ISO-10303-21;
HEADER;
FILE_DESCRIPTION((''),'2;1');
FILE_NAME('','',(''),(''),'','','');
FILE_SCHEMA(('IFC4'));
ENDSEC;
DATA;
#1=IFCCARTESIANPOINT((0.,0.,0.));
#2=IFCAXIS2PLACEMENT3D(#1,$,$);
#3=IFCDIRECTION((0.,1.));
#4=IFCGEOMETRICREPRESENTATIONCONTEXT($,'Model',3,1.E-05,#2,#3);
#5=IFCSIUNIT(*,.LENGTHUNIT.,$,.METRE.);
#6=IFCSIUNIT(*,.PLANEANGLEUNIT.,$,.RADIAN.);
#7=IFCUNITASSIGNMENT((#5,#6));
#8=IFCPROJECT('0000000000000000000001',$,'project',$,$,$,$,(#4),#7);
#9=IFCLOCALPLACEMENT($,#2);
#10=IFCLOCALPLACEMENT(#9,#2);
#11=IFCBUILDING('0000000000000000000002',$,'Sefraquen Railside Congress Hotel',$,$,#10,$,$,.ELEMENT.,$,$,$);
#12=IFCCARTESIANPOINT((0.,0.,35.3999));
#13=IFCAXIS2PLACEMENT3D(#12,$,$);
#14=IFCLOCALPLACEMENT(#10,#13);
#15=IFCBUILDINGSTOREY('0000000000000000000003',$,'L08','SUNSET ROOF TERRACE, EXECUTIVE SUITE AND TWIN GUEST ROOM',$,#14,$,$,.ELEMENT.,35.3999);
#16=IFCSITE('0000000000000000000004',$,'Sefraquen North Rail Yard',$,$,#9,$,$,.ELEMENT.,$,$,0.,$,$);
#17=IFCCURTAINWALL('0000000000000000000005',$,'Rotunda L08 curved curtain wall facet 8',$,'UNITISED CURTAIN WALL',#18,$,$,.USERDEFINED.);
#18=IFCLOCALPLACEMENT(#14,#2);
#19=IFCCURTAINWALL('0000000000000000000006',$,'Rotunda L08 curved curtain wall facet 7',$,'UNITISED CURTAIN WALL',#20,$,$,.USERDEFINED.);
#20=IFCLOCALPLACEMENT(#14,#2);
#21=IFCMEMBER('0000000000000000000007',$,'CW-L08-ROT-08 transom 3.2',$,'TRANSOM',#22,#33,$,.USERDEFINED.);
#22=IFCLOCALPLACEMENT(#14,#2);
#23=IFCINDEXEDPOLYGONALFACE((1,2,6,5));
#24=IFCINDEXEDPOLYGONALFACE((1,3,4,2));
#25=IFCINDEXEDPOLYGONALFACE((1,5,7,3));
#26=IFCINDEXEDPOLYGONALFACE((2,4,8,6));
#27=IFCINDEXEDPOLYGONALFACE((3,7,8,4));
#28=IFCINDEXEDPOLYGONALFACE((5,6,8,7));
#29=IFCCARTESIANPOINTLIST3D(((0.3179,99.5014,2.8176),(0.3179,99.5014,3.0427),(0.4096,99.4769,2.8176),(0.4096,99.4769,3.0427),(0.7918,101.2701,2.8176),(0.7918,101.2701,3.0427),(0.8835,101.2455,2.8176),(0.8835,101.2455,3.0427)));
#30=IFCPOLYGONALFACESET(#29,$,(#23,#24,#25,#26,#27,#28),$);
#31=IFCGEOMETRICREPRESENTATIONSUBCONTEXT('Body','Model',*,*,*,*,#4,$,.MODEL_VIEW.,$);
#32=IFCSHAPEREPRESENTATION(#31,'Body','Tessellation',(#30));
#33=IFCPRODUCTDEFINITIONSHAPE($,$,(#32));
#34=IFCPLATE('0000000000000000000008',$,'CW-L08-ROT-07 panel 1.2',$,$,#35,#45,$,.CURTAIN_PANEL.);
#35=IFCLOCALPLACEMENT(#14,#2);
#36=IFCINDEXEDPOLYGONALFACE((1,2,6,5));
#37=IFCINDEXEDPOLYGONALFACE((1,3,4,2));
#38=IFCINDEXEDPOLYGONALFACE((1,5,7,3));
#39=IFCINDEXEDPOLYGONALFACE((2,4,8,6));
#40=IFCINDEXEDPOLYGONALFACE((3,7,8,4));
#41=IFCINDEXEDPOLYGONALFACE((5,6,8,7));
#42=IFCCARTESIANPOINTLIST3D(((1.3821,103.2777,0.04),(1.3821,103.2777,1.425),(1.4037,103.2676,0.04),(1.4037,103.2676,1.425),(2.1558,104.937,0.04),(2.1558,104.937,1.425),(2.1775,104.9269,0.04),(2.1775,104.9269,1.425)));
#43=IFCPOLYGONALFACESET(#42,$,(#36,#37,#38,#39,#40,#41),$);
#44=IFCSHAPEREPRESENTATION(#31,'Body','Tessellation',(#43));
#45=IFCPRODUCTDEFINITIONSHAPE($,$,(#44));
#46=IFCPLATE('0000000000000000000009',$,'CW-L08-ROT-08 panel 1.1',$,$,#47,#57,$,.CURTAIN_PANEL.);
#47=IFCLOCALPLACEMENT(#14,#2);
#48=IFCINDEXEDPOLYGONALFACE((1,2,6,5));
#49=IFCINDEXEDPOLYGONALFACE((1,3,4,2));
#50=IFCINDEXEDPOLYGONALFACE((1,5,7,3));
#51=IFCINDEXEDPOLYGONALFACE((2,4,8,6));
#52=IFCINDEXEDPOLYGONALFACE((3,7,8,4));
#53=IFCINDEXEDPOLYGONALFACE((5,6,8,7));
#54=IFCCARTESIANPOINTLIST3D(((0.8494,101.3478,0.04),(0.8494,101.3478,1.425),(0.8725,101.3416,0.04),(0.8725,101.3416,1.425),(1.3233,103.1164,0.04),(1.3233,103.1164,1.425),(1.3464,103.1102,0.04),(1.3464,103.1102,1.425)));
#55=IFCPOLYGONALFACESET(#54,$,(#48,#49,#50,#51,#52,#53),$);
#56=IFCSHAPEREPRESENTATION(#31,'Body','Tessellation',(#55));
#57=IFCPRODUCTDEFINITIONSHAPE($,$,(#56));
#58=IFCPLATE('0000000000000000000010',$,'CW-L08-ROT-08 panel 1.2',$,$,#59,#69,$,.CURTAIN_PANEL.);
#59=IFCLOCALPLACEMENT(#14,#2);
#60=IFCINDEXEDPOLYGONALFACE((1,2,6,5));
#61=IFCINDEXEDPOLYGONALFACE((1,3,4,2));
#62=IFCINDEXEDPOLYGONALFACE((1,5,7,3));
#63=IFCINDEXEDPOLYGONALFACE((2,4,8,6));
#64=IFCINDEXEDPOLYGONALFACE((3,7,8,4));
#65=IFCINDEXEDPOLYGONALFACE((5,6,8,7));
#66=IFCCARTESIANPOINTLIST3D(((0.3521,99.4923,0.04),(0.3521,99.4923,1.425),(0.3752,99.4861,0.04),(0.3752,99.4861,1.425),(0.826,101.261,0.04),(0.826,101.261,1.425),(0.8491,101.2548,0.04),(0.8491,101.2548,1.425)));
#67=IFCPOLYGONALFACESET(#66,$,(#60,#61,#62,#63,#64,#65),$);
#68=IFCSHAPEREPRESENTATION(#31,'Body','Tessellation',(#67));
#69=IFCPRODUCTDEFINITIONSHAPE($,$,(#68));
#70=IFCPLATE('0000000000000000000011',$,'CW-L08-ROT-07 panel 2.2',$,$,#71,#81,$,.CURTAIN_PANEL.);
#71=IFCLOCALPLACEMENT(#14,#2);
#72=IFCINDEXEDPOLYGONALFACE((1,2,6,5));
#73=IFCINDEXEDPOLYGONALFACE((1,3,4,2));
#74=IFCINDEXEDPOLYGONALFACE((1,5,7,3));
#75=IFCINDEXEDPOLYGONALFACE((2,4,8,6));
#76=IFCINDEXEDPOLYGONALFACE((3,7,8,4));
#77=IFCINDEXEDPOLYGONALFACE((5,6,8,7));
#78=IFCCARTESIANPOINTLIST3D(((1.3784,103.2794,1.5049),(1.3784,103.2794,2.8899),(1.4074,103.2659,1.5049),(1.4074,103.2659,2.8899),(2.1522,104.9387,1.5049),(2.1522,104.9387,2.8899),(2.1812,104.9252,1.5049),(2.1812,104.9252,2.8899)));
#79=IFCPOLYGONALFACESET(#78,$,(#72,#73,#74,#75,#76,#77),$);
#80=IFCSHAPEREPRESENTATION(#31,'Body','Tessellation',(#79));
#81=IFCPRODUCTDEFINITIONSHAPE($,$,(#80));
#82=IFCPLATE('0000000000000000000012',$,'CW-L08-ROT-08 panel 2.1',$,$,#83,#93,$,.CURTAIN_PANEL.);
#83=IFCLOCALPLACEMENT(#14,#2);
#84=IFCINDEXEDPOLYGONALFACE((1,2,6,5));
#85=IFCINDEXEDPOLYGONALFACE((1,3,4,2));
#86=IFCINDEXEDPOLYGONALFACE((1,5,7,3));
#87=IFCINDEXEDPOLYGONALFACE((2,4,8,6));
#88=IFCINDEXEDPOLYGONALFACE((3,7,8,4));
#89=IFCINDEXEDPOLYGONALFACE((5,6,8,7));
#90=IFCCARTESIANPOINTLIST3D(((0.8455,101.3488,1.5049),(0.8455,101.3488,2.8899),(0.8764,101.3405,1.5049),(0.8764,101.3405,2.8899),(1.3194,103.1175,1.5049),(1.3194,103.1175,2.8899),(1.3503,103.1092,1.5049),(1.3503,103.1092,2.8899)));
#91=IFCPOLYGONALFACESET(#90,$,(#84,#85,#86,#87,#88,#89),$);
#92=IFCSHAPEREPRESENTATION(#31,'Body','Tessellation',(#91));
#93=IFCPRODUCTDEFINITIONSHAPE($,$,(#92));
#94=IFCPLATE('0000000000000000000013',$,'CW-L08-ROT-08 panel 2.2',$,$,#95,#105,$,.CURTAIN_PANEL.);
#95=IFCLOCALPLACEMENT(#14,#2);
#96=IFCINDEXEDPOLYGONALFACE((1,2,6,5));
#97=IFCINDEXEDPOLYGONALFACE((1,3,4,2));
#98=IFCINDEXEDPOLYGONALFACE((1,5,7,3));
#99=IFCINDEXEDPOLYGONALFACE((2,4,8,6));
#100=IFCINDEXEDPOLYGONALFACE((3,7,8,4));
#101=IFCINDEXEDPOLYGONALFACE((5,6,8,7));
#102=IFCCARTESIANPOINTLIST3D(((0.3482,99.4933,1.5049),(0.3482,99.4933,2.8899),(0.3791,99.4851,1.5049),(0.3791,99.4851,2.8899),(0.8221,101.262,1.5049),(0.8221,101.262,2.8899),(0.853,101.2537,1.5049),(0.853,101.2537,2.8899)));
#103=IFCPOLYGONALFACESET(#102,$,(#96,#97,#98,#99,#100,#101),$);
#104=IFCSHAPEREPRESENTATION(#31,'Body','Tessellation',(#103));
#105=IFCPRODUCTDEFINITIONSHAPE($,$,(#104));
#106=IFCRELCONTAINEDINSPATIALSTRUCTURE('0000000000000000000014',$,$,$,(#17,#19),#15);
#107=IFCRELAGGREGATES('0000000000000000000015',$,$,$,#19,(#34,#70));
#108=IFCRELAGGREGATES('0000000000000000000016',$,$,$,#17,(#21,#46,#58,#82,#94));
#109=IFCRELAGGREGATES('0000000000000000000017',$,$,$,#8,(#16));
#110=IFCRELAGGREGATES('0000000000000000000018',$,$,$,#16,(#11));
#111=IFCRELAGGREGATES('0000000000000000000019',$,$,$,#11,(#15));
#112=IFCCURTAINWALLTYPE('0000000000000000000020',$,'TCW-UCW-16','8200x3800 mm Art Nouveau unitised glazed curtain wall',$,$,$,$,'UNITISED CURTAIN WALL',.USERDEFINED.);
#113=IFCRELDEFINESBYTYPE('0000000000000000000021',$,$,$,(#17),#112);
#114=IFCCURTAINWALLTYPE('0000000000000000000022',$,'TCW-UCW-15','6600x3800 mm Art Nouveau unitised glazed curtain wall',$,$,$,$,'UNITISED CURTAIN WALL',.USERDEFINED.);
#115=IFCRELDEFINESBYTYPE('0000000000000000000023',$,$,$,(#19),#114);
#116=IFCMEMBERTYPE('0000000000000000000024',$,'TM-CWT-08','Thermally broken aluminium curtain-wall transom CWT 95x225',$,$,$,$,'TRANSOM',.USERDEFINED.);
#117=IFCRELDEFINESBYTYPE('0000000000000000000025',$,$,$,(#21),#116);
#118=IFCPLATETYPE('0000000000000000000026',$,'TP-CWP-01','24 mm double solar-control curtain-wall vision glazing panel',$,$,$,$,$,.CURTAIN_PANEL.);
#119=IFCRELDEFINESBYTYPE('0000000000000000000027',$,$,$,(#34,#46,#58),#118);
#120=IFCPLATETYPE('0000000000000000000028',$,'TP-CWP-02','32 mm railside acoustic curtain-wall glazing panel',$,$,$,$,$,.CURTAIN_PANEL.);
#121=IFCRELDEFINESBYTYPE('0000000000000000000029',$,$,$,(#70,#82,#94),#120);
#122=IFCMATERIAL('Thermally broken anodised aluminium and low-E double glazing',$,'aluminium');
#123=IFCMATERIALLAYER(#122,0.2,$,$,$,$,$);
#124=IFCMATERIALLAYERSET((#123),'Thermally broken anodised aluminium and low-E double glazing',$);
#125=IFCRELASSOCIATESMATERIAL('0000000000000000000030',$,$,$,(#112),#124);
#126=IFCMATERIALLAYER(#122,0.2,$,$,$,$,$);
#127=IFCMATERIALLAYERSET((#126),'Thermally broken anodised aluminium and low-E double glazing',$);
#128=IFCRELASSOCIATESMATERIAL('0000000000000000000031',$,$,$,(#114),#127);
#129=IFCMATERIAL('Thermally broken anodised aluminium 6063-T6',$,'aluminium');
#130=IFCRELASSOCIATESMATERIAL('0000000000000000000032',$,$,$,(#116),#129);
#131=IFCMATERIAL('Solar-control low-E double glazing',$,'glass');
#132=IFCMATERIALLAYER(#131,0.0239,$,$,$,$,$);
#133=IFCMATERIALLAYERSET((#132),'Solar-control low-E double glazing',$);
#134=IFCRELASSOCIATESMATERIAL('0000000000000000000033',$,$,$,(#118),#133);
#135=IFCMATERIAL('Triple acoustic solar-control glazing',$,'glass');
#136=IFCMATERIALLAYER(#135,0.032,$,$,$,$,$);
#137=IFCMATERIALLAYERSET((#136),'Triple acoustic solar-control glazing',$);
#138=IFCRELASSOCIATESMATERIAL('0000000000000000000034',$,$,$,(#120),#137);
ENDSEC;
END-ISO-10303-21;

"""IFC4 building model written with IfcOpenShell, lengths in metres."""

from ifc_helpers import new_model, si_unit, direction, frame, origin, origin_2d, place, context, subcontext, project, spatial, rectangle, extrude, material, layer, layer_set, material_profile, profile_set, type_object, element, aggregate, save


model = new_model("IFC4")

# Units and contexts
model_context = context("Model", 3, precision=1e-05, world=origin(), true_north=direction((0.0, 1.0)))
body_context = subcontext(model_context, "Body", "Model", "MODEL_VIEW")
ifc_project = project(units=[si_unit("LENGTHUNIT", "METRE"), si_unit("PLANEANGLEUNIT", "RADIAN")], contexts=[model_context])

# Site, building, storey
site_placement = place(None, origin())
site = spatial("IfcSite", under=ifc_project, at=site_placement, Name="Sefraquen North Rail Yard", CompositionType="ELEMENT", RefElevation=0.0)
building_placement = place(site_placement, origin())
building = spatial("IfcBuilding", under=site, at=building_placement, Name="Sefraquen Railside Congress Hotel", CompositionType="ELEMENT")
storey_placement = place(building_placement, frame((0.0, 0.0, 35.3999)))
storey = spatial("IfcBuildingStorey", under=building, at=storey_placement, Name="L08", Description="SUNSET ROOF TERRACE, EXECUTIVE SUITE AND TWIN GUEST ROOM", CompositionType="ELEMENT", Elevation=35.3999)

# Curtain walls
ifc_material_1 = material(Name="Thermally broken anodised aluminium and low-E double glazing", Category="aluminium")
ifc_layer_1 = layer(ifc_material_1, 0.2)
ifc_layer_set_1 = layer_set([ifc_layer_1], Name="Thermally broken anodised aluminium and low-E double glazing")
curtain_wall_type_1 = type_object("IfcCurtainWallType", Name="TCW-UCW-16", Description="8200x3800 mm Art Nouveau unitised glazed curtain wall", ElementType="UNITISED CURTAIN WALL", PredefinedType="USERDEFINED", material=ifc_layer_set_1)
curtain_wall_1_placement = place(storey_placement, origin())
curtain_wall_1 = element("IfcCurtainWall", 1, at=curtain_wall_1_placement, inside=storey, type_object=curtain_wall_type_1, Name="Rotunda L08 curved curtain wall facet 8", ObjectType="UNITISED CURTAIN WALL", PredefinedType="USERDEFINED")
ifc_material_2 = material(Name="Thermally broken anodised aluminium 6063-T6", Category="aluminium")
ifc_layer_2 = layer(ifc_material_1, 0.2)
ifc_layer_set_2 = layer_set([ifc_layer_2], Name="Thermally broken anodised aluminium and low-E double glazing")
curtain_wall_type_2 = type_object("IfcCurtainWallType", Name="TCW-UCW-15", Description="6600x3800 mm Art Nouveau unitised glazed curtain wall", ElementType="UNITISED CURTAIN WALL", PredefinedType="USERDEFINED", material=ifc_layer_set_2)
curtain_wall_2_placement = place(storey_placement, origin())
curtain_wall_2 = element("IfcCurtainWall", 2, at=curtain_wall_2_placement, inside=storey, type_object=curtain_wall_type_2, Name="Rotunda L08 curved curtain wall facet 7", ObjectType="UNITISED CURTAIN WALL", PredefinedType="USERDEFINED")

# Member
ifc_material_profile_1 = material_profile(ifc_material_2, rectangle(XDim=0.095, YDim=0.2251, at=origin_2d()), Name="CWT 95x225")
ifc_profile_set_1 = profile_set([ifc_material_profile_1], Name="Thermally broken anodised aluminium 6063-T6")
member_type_1 = type_object("IfcMemberType", Name="TM-CWT-08", Description="Thermally broken aluminium curtain-wall transom CWT 95x225", ElementType="TRANSOM", PredefinedType="USERDEFINED", material=ifc_profile_set_1)
member_1_placement = place(storey_placement, frame((0.8376, 101.2578, 2.9302), z_axis=(-0.258816, -0.965927, 0.0), x_axis=(0.965927, -0.258816, 0.0)))
member_1 = element("IfcMember", 3, at=member_1_placement, type_object=member_type_1, Name="CW-L08-ROT-08 transom 3.2", ObjectType="TRANSOM", PredefinedType="USERDEFINED", context=body_context, shape_type="SweptSolid", body=[
    extrude(rectangle(XDim=0.095, YDim=0.2251, at=origin_2d()), origin(), (0.0, 0.0, 1.0), 1.8311),
])

# Plates
ifc_material_3 = material(Name="Solar-control low-E double glazing", Category="glass")
ifc_layer_3 = layer(ifc_material_3, 0.0239)
ifc_layer_set_3 = layer_set([ifc_layer_3], Name="Solar-control low-E double glazing")
plate_type_1 = type_object("IfcPlateType", Name="TP-CWP-01", Description="24 mm double solar-control curtain-wall vision glazing panel", PredefinedType="CURTAIN_PANEL", material=ifc_layer_set_3)
plate_1_placement = place(storey_placement, frame((1.7798, 104.1023, 0.04), z_axis=(0.0, 0.0, 1.0), x_axis=(-0.422634, -0.9063, 0.0)))
plate_1 = element("IfcPlate", 4, at=plate_1_placement, type_object=plate_type_1, Name="CW-L08-ROT-07 panel 1.2", PredefinedType="CURTAIN_PANEL", context=body_context, shape_type="SweptSolid", body=[
    extrude(rectangle(XDim=1.8308, YDim=0.0239, at=origin_2d()), origin(), (0.0, 0.0, 1.0), 1.385),
])
plate_2_placement = place(storey_placement, frame((1.0979, 102.229, 0.04), z_axis=(0.0, 0.0, 1.0), x_axis=(-0.258785, -0.965935, 0.0)))
plate_2 = element("IfcPlate", 5, at=plate_2_placement, type_object=plate_type_1, Name="CW-L08-ROT-08 panel 1.1", PredefinedType="CURTAIN_PANEL", context=body_context, shape_type="SweptSolid", body=[
    extrude(rectangle(XDim=1.8311, YDim=0.0239, at=origin_2d()), origin(), (0.0, 0.0, 1.0), 1.385),
])
plate_3_placement = place(storey_placement, frame((0.6006, 100.3735, 0.04), z_axis=(0.0, 0.0, 1.0), x_axis=(-0.258785, -0.965935, 0.0)))
plate_3 = element("IfcPlate", 6, at=plate_3_placement, type_object=plate_type_1, Name="CW-L08-ROT-08 panel 1.2", PredefinedType="CURTAIN_PANEL", context=body_context, shape_type="SweptSolid", body=[
    extrude(rectangle(XDim=1.8311, YDim=0.0239, at=origin_2d()), origin(), (0.0, 0.0, 1.0), 1.385),
])
ifc_material_4 = material(Name="Triple acoustic solar-control glazing", Category="glass")
ifc_layer_4 = layer(ifc_material_4, 0.032)
ifc_layer_set_4 = layer_set([ifc_layer_4], Name="Triple acoustic solar-control glazing")
plate_type_2 = type_object("IfcPlateType", Name="TP-CWP-02", Description="32 mm railside acoustic curtain-wall glazing panel", PredefinedType="CURTAIN_PANEL", material=ifc_layer_set_4)
plate_4_placement = place(storey_placement, frame((1.7798, 104.1023, 1.5049), z_axis=(0.0, 0.0, 1.0), x_axis=(-0.422634, -0.9063, 0.0)))
plate_4 = element("IfcPlate", 7, at=plate_4_placement, type_object=plate_type_2, Name="CW-L08-ROT-07 panel 2.2", PredefinedType="CURTAIN_PANEL", context=body_context, shape_type="SweptSolid", body=[
    extrude(rectangle(XDim=1.8308, YDim=0.032, at=origin_2d()), origin(), (0.0, 0.0, 1.0), 1.385),
])
aggregate(curtain_wall_2, [plate_1, plate_4])
plate_5_placement = place(storey_placement, frame((1.0979, 102.229, 1.5049), z_axis=(0.0, 0.0, 1.0), x_axis=(-0.258785, -0.965935, 0.0)))
plate_5 = element("IfcPlate", 8, at=plate_5_placement, type_object=plate_type_2, Name="CW-L08-ROT-08 panel 2.1", PredefinedType="CURTAIN_PANEL", context=body_context, shape_type="SweptSolid", body=[
    extrude(rectangle(XDim=1.8311, YDim=0.032, at=origin_2d()), origin(), (0.0, 0.0, 1.0), 1.385),
])
plate_6_placement = place(storey_placement, frame((0.6006, 100.3735, 1.5049), z_axis=(0.0, 0.0, 1.0), x_axis=(-0.258785, -0.965935, 0.0)))
plate_6 = element("IfcPlate", 9, at=plate_6_placement, type_object=plate_type_2, Name="CW-L08-ROT-08 panel 2.2", PredefinedType="CURTAIN_PANEL", context=body_context, shape_type="SweptSolid", body=[
    extrude(rectangle(XDim=1.8311, YDim=0.032, at=origin_2d()), origin(), (0.0, 0.0, 1.0), 1.385),
])
aggregate(curtain_wall_1, [member_1, plate_2, plate_3, plate_5, plate_6])

save(model, "model.ifc")
